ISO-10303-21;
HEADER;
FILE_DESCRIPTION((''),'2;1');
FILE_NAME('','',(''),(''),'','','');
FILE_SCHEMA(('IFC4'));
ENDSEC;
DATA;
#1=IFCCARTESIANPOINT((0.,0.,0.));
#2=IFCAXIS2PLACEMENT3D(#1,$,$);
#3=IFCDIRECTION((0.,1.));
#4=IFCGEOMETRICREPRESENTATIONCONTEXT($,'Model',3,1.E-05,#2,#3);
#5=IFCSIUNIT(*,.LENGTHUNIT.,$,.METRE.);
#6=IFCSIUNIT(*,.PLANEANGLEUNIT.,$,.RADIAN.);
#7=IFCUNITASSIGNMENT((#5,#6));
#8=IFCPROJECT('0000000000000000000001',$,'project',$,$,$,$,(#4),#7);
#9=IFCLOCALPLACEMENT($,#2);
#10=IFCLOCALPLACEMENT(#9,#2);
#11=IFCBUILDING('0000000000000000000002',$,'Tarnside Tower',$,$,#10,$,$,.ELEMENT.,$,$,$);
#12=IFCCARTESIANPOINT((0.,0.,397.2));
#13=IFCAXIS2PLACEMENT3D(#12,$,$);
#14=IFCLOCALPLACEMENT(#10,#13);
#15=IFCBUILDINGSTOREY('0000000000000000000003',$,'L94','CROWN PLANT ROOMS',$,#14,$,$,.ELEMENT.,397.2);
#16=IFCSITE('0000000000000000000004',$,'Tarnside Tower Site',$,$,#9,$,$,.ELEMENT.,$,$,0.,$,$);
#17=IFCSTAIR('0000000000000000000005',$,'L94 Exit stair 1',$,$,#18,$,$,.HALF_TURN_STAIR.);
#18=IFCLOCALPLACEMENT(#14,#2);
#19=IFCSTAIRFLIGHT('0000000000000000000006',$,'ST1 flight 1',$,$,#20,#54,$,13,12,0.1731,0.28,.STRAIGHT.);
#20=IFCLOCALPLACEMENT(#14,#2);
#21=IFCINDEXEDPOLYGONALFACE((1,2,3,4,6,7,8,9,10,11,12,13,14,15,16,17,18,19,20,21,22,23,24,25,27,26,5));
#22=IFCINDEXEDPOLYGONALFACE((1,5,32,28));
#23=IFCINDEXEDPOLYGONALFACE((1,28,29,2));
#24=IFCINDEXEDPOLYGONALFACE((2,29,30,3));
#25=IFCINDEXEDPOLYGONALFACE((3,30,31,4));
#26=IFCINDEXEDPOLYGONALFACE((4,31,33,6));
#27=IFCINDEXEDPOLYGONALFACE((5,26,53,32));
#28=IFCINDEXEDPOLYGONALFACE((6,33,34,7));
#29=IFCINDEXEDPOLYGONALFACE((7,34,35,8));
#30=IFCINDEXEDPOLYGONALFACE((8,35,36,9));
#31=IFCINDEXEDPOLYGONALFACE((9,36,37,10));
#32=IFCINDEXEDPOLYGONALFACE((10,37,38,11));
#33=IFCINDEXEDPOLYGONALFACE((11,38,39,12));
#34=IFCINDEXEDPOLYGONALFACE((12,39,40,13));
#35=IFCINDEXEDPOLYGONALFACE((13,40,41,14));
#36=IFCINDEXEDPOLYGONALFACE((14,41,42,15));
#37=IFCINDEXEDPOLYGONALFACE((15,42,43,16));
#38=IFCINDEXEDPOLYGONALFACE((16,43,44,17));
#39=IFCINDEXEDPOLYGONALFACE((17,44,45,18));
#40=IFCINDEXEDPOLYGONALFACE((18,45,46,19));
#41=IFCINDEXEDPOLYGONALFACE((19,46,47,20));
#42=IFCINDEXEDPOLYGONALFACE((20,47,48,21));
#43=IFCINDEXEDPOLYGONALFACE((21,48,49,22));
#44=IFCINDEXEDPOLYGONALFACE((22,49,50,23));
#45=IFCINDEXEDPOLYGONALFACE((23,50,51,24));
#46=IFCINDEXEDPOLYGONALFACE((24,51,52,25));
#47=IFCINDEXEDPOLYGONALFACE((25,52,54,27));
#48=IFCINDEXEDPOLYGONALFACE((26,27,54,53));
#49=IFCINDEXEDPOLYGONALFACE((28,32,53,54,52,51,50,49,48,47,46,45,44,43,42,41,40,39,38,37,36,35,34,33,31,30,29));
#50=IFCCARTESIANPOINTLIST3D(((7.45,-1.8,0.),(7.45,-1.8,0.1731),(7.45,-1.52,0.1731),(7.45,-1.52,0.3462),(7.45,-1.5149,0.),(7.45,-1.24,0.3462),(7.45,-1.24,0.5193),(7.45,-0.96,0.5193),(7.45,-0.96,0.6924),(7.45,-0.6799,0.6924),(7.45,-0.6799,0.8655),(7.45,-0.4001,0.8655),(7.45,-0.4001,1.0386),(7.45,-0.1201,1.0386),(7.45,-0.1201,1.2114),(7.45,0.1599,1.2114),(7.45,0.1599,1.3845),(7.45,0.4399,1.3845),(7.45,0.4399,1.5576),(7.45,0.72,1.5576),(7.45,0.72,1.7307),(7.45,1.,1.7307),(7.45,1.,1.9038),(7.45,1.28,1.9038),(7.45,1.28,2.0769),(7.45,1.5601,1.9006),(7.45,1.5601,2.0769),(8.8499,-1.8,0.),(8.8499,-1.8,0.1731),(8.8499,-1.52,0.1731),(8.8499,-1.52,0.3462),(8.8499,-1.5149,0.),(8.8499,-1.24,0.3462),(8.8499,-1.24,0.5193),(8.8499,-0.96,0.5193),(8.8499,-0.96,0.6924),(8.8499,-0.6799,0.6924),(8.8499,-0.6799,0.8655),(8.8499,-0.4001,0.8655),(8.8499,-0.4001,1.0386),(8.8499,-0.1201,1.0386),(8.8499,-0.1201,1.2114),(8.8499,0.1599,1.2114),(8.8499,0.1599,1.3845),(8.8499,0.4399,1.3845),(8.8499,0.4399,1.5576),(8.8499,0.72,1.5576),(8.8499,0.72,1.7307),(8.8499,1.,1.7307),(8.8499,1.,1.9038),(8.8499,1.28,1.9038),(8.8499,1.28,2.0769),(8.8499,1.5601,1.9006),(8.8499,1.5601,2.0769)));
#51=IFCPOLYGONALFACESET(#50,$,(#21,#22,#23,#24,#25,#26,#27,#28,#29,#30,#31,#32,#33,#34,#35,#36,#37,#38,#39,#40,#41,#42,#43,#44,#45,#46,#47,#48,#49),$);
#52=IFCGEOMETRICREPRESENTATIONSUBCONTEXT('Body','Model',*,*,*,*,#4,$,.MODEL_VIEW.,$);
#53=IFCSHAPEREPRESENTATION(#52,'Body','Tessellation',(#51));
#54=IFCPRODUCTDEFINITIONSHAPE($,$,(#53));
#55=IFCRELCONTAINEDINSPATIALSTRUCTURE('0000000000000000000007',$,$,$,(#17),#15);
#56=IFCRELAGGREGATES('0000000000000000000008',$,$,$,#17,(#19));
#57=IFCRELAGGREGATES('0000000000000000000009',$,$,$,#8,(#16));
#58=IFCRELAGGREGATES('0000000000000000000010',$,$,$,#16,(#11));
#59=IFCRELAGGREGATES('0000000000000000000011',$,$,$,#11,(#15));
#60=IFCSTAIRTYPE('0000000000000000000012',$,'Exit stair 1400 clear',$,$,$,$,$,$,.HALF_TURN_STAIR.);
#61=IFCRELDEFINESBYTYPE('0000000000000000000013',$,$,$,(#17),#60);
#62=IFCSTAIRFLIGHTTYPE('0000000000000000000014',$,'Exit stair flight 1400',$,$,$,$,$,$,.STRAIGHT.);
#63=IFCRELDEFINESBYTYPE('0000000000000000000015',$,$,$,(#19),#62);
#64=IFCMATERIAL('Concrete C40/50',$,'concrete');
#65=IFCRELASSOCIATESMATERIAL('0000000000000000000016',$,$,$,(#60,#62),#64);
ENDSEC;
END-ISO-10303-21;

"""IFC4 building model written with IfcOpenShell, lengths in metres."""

from ifc_helpers import new_model, si_unit, direction, frame, origin, place, context, subcontext, project, spatial, polyline, outline, extrude, material, type_object, element, aggregate, save


model = new_model("IFC4")

# Units and contexts
model_context = context("Model", 3, precision=1e-05, world=origin(), true_north=direction((0.0, 1.0)))
body_context = subcontext(model_context, "Body", "Model", "MODEL_VIEW")
ifc_project = project(units=[si_unit("LENGTHUNIT", "METRE"), si_unit("PLANEANGLEUNIT", "RADIAN")], contexts=[model_context])

# Site, building, storey
site_placement = place(None, origin())
site = spatial("IfcSite", under=ifc_project, at=site_placement, Name="Tarnside Tower Site", CompositionType="ELEMENT", RefElevation=0.0)
building_placement = place(site_placement, origin())
building = spatial("IfcBuilding", under=site, at=building_placement, Name="Tarnside Tower", CompositionType="ELEMENT")
storey_placement = place(building_placement, frame((0.0, 0.0, 397.2)))
storey = spatial("IfcBuildingStorey", under=building, at=storey_placement, Name="L94", Description="CROWN PLANT ROOMS", CompositionType="ELEMENT", Elevation=397.2)

# Shared definitions
ifc_material_1 = material(Name="Concrete C40/50", Category="concrete")

# Stair, stair flight
stair_type = type_object("IfcStairType", Name="Exit stair 1400 clear", PredefinedType="HALF_TURN_STAIR", material=ifc_material_1)
stair_placement = place(storey_placement, origin())
stair = element("IfcStair", 1, at=stair_placement, inside=storey, type_object=stair_type, Name="L94 Exit stair 1", PredefinedType="HALF_TURN_STAIR")
stair_flight_type = type_object("IfcStairFlightType", Name="Exit stair flight 1400", PredefinedType="STRAIGHT", material=ifc_material_1)
stair_flight_placement = place(storey_placement, frame((8.1499, -1.8, 0.0), z_axis=(0.0, 0.0, 1.0), x_axis=(0.0, 1.0, 0.0)))
stair_flight = element("IfcStairFlight", 2, at=stair_flight_placement, type_object=stair_flight_type, Name="ST1 flight 1", NumberOfRisers=13, NumberOfTreads=12, PredefinedType="STRAIGHT", RiserHeight=0.1731, TreadLength=0.28, context=body_context, shape_type="SweptSolid", body=[
    extrude(outline(polyline([(0.0, 0.0), (0.0, 0.1731), (0.28, 0.1731), (0.28, 0.3462), (0.5601, 0.3462), (0.5601, 0.5193), (0.8401, 0.5193), (0.8401, 0.6924), (1.1201, 0.6924), (1.1201, 0.8655), (1.3999, 0.8655), (1.3999, 1.0386), (1.6799, 1.0386), (1.6799, 1.2114), (1.96, 1.2114), (1.96, 1.3845), (2.24, 1.3845), (2.24, 1.5576), (2.52, 1.5576), (2.52, 1.7307), (2.8, 1.7307), (2.8, 1.9038), (3.0801, 1.9038), (3.0801, 2.0769), (3.3601, 2.0769), (3.3601, 2.25), (3.3601, 1.9006), (0.2852, 0.0), (0.0, 0.0)])), frame((0.0, 0.7, 0.0), z_axis=(0.0, -1.0, 0.0), x_axis=(1.0, 0.0, 0.0)), (0.0, 0.0, 1.0), 1.3999),
])
aggregate(stair, [stair_flight])

save(model, "model.ifc")
